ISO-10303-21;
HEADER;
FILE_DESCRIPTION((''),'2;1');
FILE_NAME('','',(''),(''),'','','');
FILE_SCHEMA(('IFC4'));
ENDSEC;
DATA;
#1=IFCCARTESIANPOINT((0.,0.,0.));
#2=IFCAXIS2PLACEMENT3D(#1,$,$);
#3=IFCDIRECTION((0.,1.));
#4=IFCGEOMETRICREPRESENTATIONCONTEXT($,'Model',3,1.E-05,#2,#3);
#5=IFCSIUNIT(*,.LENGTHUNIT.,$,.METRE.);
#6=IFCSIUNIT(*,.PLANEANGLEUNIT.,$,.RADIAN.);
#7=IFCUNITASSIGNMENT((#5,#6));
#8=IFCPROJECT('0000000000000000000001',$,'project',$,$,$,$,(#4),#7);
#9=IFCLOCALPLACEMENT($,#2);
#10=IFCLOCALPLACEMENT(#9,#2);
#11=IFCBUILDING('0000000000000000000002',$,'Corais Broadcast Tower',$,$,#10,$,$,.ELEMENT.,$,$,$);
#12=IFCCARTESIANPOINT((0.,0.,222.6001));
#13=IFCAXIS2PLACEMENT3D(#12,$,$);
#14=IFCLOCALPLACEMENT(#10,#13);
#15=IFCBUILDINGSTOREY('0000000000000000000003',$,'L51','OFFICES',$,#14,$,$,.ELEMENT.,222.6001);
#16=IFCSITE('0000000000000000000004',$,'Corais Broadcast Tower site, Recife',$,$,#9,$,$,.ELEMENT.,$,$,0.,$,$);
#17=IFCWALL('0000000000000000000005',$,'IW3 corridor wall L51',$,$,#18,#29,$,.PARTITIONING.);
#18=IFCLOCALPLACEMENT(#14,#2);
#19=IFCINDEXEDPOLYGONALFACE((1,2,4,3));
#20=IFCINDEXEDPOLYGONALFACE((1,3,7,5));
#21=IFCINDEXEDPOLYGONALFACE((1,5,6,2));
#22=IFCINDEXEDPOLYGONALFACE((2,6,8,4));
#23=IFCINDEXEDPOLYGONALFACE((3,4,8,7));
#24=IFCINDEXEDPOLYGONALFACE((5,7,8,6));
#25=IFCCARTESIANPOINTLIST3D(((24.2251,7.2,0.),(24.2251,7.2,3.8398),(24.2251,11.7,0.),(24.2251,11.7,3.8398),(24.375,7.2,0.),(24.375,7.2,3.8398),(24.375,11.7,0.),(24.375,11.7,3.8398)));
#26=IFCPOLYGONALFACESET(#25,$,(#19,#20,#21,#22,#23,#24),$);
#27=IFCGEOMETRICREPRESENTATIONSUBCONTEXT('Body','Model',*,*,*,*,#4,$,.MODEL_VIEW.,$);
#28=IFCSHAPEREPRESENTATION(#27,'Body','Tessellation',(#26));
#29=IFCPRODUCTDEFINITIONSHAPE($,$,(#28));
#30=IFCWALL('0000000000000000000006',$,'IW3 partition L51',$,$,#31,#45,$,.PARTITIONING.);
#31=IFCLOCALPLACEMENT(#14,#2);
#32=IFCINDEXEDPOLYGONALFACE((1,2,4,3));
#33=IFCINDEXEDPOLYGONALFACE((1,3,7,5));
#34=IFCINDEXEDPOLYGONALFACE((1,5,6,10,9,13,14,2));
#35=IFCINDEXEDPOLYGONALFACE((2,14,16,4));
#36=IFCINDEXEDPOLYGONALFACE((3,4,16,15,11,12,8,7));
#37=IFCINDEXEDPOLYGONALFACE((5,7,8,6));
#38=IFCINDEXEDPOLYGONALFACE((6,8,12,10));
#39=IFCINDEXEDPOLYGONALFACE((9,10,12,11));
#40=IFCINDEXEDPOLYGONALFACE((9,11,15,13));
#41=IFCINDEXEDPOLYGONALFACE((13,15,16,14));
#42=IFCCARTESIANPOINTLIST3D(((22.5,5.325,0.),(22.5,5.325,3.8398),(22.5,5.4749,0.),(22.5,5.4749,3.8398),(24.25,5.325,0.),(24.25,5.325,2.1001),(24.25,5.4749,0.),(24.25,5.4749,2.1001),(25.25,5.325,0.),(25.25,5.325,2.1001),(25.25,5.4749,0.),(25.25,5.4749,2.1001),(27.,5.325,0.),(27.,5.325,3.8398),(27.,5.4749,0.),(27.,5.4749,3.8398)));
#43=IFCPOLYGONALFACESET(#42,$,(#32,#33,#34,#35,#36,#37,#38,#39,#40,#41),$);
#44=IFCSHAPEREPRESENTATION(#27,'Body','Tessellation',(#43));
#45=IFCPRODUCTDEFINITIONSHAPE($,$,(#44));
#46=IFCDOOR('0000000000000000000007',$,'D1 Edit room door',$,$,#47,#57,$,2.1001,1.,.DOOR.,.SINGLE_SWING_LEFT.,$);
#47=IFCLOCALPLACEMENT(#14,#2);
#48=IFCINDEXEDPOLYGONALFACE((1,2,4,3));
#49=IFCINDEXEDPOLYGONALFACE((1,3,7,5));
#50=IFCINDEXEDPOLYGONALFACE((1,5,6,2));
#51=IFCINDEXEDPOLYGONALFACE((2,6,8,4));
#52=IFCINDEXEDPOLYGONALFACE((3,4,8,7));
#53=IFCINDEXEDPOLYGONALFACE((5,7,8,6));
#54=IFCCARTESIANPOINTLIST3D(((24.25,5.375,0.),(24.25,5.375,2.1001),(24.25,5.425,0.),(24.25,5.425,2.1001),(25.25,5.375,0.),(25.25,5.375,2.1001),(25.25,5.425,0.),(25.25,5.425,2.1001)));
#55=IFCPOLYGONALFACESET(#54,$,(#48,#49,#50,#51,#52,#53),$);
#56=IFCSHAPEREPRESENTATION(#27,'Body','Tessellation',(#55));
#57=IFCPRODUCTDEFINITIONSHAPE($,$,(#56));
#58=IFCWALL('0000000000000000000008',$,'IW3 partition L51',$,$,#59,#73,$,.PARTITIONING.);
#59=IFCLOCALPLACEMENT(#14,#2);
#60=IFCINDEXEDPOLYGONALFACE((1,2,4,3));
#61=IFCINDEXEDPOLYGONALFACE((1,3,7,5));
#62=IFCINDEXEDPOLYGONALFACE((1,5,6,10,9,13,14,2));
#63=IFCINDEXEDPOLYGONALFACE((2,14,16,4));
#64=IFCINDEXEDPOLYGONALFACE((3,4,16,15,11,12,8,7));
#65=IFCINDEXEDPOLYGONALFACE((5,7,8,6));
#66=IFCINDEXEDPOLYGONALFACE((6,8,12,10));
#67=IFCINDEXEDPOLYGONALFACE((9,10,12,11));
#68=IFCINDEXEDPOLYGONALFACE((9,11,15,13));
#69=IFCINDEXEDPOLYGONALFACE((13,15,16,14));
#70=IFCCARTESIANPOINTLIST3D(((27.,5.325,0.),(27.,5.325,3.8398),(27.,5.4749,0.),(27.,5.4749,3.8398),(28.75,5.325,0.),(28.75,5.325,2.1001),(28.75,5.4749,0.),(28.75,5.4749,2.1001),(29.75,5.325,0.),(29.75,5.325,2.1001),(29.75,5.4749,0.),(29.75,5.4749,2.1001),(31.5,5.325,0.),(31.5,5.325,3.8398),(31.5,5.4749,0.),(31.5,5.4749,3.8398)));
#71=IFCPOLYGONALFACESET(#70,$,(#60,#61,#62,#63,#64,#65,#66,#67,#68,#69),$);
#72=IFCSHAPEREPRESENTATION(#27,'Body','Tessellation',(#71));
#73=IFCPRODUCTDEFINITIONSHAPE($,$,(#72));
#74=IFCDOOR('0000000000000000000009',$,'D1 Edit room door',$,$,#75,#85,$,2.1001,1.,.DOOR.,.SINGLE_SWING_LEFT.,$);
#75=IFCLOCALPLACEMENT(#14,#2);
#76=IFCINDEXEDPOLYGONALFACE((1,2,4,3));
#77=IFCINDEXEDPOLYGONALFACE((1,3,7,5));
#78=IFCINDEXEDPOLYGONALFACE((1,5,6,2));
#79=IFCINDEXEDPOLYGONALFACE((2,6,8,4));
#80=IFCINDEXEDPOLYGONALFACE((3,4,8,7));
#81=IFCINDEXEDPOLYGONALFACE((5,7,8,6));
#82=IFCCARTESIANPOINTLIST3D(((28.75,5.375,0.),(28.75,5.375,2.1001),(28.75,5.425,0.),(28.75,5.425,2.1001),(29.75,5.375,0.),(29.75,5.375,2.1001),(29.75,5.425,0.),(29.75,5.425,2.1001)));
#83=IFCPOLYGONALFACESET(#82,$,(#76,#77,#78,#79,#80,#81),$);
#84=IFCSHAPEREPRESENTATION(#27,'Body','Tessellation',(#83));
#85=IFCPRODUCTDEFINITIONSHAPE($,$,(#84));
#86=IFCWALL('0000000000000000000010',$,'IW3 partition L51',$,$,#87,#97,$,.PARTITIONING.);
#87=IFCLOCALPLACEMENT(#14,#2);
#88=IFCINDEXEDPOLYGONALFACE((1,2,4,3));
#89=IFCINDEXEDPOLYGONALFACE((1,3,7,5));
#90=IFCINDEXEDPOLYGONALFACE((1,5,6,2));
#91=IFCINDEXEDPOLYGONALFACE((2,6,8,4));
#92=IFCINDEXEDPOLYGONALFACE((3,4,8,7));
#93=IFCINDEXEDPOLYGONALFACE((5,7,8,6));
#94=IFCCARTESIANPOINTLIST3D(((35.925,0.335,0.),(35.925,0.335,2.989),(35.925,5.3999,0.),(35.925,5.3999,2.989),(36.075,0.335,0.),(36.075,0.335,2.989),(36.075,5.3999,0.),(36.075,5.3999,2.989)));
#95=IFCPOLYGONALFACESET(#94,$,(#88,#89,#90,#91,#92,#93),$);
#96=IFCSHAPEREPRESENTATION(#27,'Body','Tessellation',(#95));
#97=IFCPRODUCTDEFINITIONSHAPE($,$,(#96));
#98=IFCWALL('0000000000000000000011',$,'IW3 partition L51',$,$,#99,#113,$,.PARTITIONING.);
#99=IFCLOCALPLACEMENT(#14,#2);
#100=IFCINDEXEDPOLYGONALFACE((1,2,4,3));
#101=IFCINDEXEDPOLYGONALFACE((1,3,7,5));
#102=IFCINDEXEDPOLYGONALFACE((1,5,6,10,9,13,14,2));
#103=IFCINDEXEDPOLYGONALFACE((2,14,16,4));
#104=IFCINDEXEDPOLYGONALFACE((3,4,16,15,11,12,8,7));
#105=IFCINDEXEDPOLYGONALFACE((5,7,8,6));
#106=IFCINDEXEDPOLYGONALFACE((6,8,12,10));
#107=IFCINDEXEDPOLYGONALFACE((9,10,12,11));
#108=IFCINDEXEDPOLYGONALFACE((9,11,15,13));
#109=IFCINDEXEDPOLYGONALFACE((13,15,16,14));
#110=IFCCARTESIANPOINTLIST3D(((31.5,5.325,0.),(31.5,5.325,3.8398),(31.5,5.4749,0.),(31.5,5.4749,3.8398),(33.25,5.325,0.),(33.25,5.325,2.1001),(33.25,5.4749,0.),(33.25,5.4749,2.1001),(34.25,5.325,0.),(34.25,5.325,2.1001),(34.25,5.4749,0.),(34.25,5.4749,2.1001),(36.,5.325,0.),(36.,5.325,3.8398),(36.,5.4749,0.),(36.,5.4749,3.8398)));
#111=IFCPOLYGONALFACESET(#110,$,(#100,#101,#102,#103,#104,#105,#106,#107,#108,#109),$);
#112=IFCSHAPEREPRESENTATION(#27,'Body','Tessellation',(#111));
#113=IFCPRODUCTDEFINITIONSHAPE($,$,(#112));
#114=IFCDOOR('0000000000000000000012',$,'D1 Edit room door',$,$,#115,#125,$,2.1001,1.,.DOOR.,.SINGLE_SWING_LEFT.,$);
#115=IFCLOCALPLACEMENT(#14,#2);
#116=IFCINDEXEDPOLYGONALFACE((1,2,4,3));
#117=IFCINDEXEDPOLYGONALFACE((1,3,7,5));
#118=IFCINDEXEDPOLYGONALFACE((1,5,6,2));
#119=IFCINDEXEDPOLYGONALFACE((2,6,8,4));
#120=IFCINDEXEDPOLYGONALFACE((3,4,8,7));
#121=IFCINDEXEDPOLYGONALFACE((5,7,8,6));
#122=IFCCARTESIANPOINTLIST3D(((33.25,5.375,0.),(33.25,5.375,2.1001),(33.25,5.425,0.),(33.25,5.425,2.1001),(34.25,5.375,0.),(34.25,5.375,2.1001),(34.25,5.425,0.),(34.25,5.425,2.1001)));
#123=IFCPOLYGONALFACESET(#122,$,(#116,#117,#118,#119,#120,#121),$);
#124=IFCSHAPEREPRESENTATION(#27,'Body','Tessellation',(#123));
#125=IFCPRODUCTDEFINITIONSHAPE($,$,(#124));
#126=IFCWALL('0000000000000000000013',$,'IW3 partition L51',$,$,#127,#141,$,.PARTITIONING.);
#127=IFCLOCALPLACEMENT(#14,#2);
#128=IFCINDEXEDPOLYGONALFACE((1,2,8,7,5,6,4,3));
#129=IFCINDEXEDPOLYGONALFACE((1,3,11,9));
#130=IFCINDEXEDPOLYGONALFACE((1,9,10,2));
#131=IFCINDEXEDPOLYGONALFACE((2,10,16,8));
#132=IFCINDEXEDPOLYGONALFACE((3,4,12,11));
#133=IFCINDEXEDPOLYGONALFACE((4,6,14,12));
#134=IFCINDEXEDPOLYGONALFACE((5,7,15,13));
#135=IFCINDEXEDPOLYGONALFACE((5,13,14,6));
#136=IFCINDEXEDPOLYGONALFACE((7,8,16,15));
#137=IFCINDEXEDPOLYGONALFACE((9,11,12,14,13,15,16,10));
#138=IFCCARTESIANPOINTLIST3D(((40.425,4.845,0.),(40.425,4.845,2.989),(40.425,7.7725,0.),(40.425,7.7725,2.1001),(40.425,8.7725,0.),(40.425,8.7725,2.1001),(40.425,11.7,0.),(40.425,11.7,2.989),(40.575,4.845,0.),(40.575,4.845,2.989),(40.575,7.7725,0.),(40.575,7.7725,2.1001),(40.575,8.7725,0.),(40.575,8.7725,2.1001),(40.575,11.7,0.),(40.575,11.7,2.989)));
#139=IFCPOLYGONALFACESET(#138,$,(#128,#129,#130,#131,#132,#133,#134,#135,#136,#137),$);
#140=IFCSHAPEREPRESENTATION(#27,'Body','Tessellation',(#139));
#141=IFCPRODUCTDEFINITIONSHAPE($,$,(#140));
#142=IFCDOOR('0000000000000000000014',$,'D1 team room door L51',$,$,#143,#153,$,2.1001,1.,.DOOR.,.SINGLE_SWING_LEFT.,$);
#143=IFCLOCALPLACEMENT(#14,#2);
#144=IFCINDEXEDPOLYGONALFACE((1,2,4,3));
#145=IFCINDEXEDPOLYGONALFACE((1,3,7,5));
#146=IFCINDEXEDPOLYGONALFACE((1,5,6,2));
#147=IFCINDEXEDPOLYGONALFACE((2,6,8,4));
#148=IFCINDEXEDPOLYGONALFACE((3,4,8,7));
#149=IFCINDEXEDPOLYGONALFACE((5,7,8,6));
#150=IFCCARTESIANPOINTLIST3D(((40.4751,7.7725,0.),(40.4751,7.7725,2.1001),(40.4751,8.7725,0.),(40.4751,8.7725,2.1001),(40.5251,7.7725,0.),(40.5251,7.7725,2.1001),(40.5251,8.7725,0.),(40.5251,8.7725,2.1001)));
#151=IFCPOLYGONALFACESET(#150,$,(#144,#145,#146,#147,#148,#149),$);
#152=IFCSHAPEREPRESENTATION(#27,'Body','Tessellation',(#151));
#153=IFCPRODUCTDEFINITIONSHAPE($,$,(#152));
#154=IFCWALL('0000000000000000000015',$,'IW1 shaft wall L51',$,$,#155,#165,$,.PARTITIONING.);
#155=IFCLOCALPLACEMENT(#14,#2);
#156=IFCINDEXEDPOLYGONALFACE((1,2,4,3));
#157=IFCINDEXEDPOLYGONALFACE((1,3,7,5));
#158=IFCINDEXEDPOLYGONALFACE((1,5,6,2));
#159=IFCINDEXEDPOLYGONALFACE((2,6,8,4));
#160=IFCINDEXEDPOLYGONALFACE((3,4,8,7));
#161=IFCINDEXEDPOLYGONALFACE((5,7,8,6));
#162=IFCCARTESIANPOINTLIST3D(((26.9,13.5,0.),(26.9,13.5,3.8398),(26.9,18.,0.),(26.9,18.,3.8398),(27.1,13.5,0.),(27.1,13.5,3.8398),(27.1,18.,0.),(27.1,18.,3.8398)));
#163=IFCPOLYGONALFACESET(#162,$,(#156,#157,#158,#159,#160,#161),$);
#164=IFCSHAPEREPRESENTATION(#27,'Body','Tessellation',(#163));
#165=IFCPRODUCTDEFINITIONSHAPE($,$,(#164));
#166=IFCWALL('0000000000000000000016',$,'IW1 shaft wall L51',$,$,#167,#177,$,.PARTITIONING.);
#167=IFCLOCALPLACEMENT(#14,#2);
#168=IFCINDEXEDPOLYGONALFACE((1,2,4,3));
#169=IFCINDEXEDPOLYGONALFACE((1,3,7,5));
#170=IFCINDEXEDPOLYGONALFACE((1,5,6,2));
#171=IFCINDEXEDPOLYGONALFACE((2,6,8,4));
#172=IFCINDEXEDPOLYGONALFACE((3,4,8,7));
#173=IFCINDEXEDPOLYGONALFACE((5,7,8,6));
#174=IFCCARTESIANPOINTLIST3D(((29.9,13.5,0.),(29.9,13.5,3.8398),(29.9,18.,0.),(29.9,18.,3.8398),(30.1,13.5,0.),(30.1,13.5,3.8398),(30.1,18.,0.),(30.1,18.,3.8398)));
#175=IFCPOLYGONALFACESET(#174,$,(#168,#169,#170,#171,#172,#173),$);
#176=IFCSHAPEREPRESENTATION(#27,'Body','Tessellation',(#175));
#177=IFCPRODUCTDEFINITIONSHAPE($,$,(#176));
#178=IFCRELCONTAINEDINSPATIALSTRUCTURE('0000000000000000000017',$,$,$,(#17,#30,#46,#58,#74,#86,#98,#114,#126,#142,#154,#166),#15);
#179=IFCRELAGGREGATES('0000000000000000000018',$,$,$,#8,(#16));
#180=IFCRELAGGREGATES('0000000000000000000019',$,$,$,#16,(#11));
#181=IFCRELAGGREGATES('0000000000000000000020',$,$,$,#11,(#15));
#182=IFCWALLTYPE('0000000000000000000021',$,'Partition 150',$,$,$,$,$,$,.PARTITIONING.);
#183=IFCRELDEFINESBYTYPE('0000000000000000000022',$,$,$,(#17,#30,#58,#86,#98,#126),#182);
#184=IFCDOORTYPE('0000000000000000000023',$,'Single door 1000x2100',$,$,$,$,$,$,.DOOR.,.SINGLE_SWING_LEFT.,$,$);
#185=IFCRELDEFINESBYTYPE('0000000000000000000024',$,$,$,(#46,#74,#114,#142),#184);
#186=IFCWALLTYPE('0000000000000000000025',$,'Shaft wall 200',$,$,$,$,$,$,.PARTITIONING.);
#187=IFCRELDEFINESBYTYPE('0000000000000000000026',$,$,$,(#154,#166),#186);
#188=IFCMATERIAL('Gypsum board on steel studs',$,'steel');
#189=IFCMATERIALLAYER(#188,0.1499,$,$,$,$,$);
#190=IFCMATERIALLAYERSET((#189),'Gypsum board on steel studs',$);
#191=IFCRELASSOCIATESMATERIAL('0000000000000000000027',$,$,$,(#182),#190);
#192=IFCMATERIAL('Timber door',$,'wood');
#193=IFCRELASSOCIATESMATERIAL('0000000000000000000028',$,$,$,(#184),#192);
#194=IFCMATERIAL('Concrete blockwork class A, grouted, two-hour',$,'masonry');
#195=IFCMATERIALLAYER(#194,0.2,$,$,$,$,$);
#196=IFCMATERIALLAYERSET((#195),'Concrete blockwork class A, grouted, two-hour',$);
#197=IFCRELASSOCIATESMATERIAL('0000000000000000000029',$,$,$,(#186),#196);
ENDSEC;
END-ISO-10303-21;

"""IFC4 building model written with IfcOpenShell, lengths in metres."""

from ifc_helpers import new_model, si_unit, direction, frame, frame_2d, origin, place, context, subcontext, project, spatial, rectangle, extrude, material, layer, layer_set, type_object, element, fill, save


model = new_model("IFC4")

# Units and contexts
model_context = context("Model", 3, precision=1e-05, world=origin(), true_north=direction((0.0, 1.0)))
body_context = subcontext(model_context, "Body", "Model", "MODEL_VIEW")
ifc_project = project(units=[si_unit("LENGTHUNIT", "METRE"), si_unit("PLANEANGLEUNIT", "RADIAN")], contexts=[model_context])

# Site, building, storey
site_placement = place(None, origin())
site = spatial("IfcSite", under=ifc_project, at=site_placement, Name="Corais Broadcast Tower site, Recife", CompositionType="ELEMENT", RefElevation=0.0)
building_placement = place(site_placement, origin())
building = spatial("IfcBuilding", under=site, at=building_placement, Name="Corais Broadcast Tower", CompositionType="ELEMENT")
storey_placement = place(building_placement, frame((0.0, 0.0, 222.6001)))
storey = spatial("IfcBuildingStorey", under=building, at=storey_placement, Name="L51", Description="OFFICES", CompositionType="ELEMENT", Elevation=222.6001)

# Wall
ifc_material_1 = material(Name="Gypsum board on steel studs", Category="steel")
ifc_layer_1 = layer(ifc_material_1, 0.1499)
ifc_layer_set_1 = layer_set([ifc_layer_1], Name="Gypsum board on steel studs")
wall_type_1 = type_object("IfcWallType", Name="Partition 150", PredefinedType="PARTITIONING", material=ifc_layer_set_1)
wall_1_placement = place(storey_placement, frame((24.3, 7.2, 0.0), z_axis=(0.0, 0.0, 1.0), x_axis=(0.0, 1.0, 0.0)))
element("IfcWall", 1, at=wall_1_placement, inside=storey, type_object=wall_type_1, Name="IW3 corridor wall L51", PredefinedType="PARTITIONING", context=body_context, shape_type="SweptSolid", body=[
    extrude(rectangle(XDim=4.5, YDim=0.1499, at=frame_2d((2.25, 0.0))), origin(), (0.0, 0.0, 1.0), 3.8398),
])

# Walls, openings, doors
wall_2_placement = place(storey_placement, frame((27.0, 5.3999, 0.0), z_axis=(0.0, 0.0, 1.0), x_axis=(-1.0, 0.0, 0.0)))
wall_2 = element("IfcWall", 2, at=wall_2_placement, inside=storey, type_object=wall_type_1, Name="IW3 partition L51", PredefinedType="PARTITIONING", context=body_context, shape_type="SweptSolid", body=[
    extrude(rectangle(XDim=4.5, YDim=0.1499, at=frame_2d((2.25, 0.0))), origin(), (0.0, 0.0, 1.0), 3.8398),
])
opening_1_placement = place(wall_2_placement, frame((1.75, 0.0, 0.0)))
opening_1 = element("IfcOpeningElement", 3, at=opening_1_placement, cuts=wall_2, PredefinedType="OPENING", context=body_context, shape_type="SweptSolid", body=[
    extrude(rectangle(XDim=1.0, YDim=2.1001, at=frame_2d((0.5, 1.05))), frame((0.0, 0.085, 0.0), z_axis=(0.0, -1.0, 0.0), x_axis=(1.0, 0.0, 0.0)), (0.0, 0.0, 1.0), 0.1699),
])
ifc_material_2 = material(Name="Timber door", Category="wood")
door_type = type_object("IfcDoorType", Name="Single door 1000x2100", OperationType="SINGLE_SWING_LEFT", PredefinedType="DOOR", material=ifc_material_2)
door_1_placement = place(opening_1_placement, origin())
door_1 = element("IfcDoor", 4, at=door_1_placement, inside=storey, type_object=door_type, Name="D1 Edit room door", OperationType="SINGLE_SWING_LEFT", OverallHeight=2.1001, OverallWidth=1.0, PredefinedType="DOOR", context=body_context, shape_type="SweptSolid", body=[
    extrude(rectangle(XDim=1.0, YDim=2.1001, at=frame_2d((0.5, 1.05))), frame((0.0, 0.0249, 0.0), z_axis=(0.0, -1.0, 0.0), x_axis=(1.0, 0.0, 0.0)), (0.0, 0.0, 1.0), 0.05),
])
fill(opening_1, door_1)
wall_3_placement = place(storey_placement, frame((31.5, 5.3999, 0.0), z_axis=(0.0, 0.0, 1.0), x_axis=(-1.0, 0.0, 0.0)))
wall_3 = element("IfcWall", 5, at=wall_3_placement, inside=storey, type_object=wall_type_1, Name="IW3 partition L51", PredefinedType="PARTITIONING", context=body_context, shape_type="SweptSolid", body=[
    extrude(rectangle(XDim=4.5, YDim=0.1499, at=frame_2d((2.25, 0.0))), origin(), (0.0, 0.0, 1.0), 3.8398),
])
opening_2_placement = place(wall_3_placement, frame((1.75, 0.0, 0.0)))
opening_2 = element("IfcOpeningElement", 6, at=opening_2_placement, cuts=wall_3, PredefinedType="OPENING", context=body_context, shape_type="SweptSolid", body=[
    extrude(rectangle(XDim=1.0, YDim=2.1001, at=frame_2d((0.5, 1.05))), frame((0.0, 0.085, 0.0), z_axis=(0.0, -1.0, 0.0), x_axis=(1.0, 0.0, 0.0)), (0.0, 0.0, 1.0), 0.1699),
])
door_2_placement = place(opening_2_placement, origin())
door_2 = element("IfcDoor", 7, at=door_2_placement, inside=storey, type_object=door_type, Name="D1 Edit room door", OperationType="SINGLE_SWING_LEFT", OverallHeight=2.1001, OverallWidth=1.0, PredefinedType="DOOR", context=body_context, shape_type="SweptSolid", body=[
    extrude(rectangle(XDim=1.0, YDim=2.1001, at=frame_2d((0.5, 1.05))), frame((0.0, 0.0249, 0.0), z_axis=(0.0, -1.0, 0.0), x_axis=(1.0, 0.0, 0.0)), (0.0, 0.0, 1.0), 0.05),
])
fill(opening_2, door_2)

# Wall
wall_4_placement = place(storey_placement, frame((36.0, 0.335, 0.0), z_axis=(0.0, 0.0, 1.0), x_axis=(0.0, 1.0, 0.0)))
element("IfcWall", 8, at=wall_4_placement, inside=storey, type_object=wall_type_1, Name="IW3 partition L51", PredefinedType="PARTITIONING", context=body_context, shape_type="SweptSolid", body=[
    extrude(rectangle(XDim=5.0649, YDim=0.1499, at=frame_2d((2.5325, 0.0))), origin(), (0.0, 0.0, 1.0), 2.989),
])

# Walls, openings, doors
wall_5_placement = place(storey_placement, frame((36.0, 5.3999, 0.0), z_axis=(0.0, 0.0, 1.0), x_axis=(-1.0, 0.0, 0.0)))
wall_5 = element("IfcWall", 9, at=wall_5_placement, inside=storey, type_object=wall_type_1, Name="IW3 partition L51", PredefinedType="PARTITIONING", context=body_context, shape_type="SweptSolid", body=[
    extrude(rectangle(XDim=4.5, YDim=0.1499, at=frame_2d((2.25, 0.0))), origin(), (0.0, 0.0, 1.0), 3.8398),
])
opening_3_placement = place(wall_5_placement, frame((1.75, 0.0, 0.0)))
opening_3 = element("IfcOpeningElement", 10, at=opening_3_placement, cuts=wall_5, PredefinedType="OPENING", context=body_context, shape_type="SweptSolid", body=[
    extrude(rectangle(XDim=1.0, YDim=2.1001, at=frame_2d((0.5, 1.05))), frame((0.0, 0.085, 0.0), z_axis=(0.0, -1.0, 0.0), x_axis=(1.0, 0.0, 0.0)), (0.0, 0.0, 1.0), 0.1699),
])
door_3_placement = place(opening_3_placement, origin())
door_3 = element("IfcDoor", 11, at=door_3_placement, inside=storey, type_object=door_type, Name="D1 Edit room door", OperationType="SINGLE_SWING_LEFT", OverallHeight=2.1001, OverallWidth=1.0, PredefinedType="DOOR", context=body_context, shape_type="SweptSolid", body=[
    extrude(rectangle(XDim=1.0, YDim=2.1001, at=frame_2d((0.5, 1.05))), frame((0.0, 0.0249, 0.0), z_axis=(0.0, -1.0, 0.0), x_axis=(1.0, 0.0, 0.0)), (0.0, 0.0, 1.0), 0.05),
])
fill(opening_3, door_3)
wall_6_placement = place(storey_placement, frame((40.5, 4.845, 0.0), z_axis=(0.0, 0.0, 1.0), x_axis=(0.0, 1.0, 0.0)))
wall_6 = element("IfcWall", 12, at=wall_6_placement, inside=storey, type_object=wall_type_1, Name="IW3 partition L51", PredefinedType="PARTITIONING", context=body_context, shape_type="SweptSolid", body=[
    extrude(rectangle(XDim=6.855, YDim=0.1499, at=frame_2d((3.4275, 0.0))), origin(), (0.0, 0.0, 1.0), 2.989),
])
opening_4_placement = place(wall_6_placement, frame((2.9275, 0.0, 0.0)))
opening_4 = element("IfcOpeningElement", 13, at=opening_4_placement, cuts=wall_6, PredefinedType="OPENING", context=body_context, shape_type="SweptSolid", body=[
    extrude(rectangle(XDim=1.0, YDim=2.1001, at=frame_2d((0.5, 1.05))), frame((0.0, 0.085, 0.0), z_axis=(0.0, -1.0, 0.0), x_axis=(1.0, 0.0, 0.0)), (0.0, 0.0, 1.0), 0.1699),
])
door_4_placement = place(opening_4_placement, origin())
door_4 = element("IfcDoor", 14, at=door_4_placement, inside=storey, type_object=door_type, Name="D1 team room door L51", OperationType="SINGLE_SWING_LEFT", OverallHeight=2.1001, OverallWidth=1.0, PredefinedType="DOOR", context=body_context, shape_type="SweptSolid", body=[
    extrude(rectangle(XDim=1.0, YDim=2.1001, at=frame_2d((0.5, 1.05))), frame((0.0, 0.0249, 0.0), z_axis=(0.0, -1.0, 0.0), x_axis=(1.0, 0.0, 0.0)), (0.0, 0.0, 1.0), 0.05),
])
fill(opening_4, door_4)

# Walls
ifc_material_3 = material(Name="Concrete blockwork class A, grouted, two-hour", Category="masonry")
ifc_layer_2 = layer(ifc_material_3, 0.2)
ifc_layer_set_2 = layer_set([ifc_layer_2], Name="Concrete blockwork class A, grouted, two-hour")
wall_type_2 = type_object("IfcWallType", Name="Shaft wall 200", PredefinedType="PARTITIONING", material=ifc_layer_set_2)
for number, where, z_axis, x_axis, name in (
    (15, (27.0, 13.5, 0.0), (0.0, 0.0, 1.0), (0.0, 1.0, 0.0), "IW1 shaft wall L51"),
    (16, (30.0, 13.5, 0.0), (0.0, 0.0, 1.0), (0.0, 1.0, 0.0), "IW1 shaft wall L51"),
):
    element("IfcWall", number, at=place(storey_placement, frame(where, z_axis=z_axis, x_axis=x_axis)), inside=storey, type_object=wall_type_2, Name=name, PredefinedType="PARTITIONING", context=body_context, shape_type="SweptSolid", body=[
        extrude(rectangle(XDim=4.5, YDim=0.2, at=frame_2d((2.25, 0.0))), origin(), (0.0, 0.0, 1.0), 3.8398),
    ])

save(model, "model.ifc")
